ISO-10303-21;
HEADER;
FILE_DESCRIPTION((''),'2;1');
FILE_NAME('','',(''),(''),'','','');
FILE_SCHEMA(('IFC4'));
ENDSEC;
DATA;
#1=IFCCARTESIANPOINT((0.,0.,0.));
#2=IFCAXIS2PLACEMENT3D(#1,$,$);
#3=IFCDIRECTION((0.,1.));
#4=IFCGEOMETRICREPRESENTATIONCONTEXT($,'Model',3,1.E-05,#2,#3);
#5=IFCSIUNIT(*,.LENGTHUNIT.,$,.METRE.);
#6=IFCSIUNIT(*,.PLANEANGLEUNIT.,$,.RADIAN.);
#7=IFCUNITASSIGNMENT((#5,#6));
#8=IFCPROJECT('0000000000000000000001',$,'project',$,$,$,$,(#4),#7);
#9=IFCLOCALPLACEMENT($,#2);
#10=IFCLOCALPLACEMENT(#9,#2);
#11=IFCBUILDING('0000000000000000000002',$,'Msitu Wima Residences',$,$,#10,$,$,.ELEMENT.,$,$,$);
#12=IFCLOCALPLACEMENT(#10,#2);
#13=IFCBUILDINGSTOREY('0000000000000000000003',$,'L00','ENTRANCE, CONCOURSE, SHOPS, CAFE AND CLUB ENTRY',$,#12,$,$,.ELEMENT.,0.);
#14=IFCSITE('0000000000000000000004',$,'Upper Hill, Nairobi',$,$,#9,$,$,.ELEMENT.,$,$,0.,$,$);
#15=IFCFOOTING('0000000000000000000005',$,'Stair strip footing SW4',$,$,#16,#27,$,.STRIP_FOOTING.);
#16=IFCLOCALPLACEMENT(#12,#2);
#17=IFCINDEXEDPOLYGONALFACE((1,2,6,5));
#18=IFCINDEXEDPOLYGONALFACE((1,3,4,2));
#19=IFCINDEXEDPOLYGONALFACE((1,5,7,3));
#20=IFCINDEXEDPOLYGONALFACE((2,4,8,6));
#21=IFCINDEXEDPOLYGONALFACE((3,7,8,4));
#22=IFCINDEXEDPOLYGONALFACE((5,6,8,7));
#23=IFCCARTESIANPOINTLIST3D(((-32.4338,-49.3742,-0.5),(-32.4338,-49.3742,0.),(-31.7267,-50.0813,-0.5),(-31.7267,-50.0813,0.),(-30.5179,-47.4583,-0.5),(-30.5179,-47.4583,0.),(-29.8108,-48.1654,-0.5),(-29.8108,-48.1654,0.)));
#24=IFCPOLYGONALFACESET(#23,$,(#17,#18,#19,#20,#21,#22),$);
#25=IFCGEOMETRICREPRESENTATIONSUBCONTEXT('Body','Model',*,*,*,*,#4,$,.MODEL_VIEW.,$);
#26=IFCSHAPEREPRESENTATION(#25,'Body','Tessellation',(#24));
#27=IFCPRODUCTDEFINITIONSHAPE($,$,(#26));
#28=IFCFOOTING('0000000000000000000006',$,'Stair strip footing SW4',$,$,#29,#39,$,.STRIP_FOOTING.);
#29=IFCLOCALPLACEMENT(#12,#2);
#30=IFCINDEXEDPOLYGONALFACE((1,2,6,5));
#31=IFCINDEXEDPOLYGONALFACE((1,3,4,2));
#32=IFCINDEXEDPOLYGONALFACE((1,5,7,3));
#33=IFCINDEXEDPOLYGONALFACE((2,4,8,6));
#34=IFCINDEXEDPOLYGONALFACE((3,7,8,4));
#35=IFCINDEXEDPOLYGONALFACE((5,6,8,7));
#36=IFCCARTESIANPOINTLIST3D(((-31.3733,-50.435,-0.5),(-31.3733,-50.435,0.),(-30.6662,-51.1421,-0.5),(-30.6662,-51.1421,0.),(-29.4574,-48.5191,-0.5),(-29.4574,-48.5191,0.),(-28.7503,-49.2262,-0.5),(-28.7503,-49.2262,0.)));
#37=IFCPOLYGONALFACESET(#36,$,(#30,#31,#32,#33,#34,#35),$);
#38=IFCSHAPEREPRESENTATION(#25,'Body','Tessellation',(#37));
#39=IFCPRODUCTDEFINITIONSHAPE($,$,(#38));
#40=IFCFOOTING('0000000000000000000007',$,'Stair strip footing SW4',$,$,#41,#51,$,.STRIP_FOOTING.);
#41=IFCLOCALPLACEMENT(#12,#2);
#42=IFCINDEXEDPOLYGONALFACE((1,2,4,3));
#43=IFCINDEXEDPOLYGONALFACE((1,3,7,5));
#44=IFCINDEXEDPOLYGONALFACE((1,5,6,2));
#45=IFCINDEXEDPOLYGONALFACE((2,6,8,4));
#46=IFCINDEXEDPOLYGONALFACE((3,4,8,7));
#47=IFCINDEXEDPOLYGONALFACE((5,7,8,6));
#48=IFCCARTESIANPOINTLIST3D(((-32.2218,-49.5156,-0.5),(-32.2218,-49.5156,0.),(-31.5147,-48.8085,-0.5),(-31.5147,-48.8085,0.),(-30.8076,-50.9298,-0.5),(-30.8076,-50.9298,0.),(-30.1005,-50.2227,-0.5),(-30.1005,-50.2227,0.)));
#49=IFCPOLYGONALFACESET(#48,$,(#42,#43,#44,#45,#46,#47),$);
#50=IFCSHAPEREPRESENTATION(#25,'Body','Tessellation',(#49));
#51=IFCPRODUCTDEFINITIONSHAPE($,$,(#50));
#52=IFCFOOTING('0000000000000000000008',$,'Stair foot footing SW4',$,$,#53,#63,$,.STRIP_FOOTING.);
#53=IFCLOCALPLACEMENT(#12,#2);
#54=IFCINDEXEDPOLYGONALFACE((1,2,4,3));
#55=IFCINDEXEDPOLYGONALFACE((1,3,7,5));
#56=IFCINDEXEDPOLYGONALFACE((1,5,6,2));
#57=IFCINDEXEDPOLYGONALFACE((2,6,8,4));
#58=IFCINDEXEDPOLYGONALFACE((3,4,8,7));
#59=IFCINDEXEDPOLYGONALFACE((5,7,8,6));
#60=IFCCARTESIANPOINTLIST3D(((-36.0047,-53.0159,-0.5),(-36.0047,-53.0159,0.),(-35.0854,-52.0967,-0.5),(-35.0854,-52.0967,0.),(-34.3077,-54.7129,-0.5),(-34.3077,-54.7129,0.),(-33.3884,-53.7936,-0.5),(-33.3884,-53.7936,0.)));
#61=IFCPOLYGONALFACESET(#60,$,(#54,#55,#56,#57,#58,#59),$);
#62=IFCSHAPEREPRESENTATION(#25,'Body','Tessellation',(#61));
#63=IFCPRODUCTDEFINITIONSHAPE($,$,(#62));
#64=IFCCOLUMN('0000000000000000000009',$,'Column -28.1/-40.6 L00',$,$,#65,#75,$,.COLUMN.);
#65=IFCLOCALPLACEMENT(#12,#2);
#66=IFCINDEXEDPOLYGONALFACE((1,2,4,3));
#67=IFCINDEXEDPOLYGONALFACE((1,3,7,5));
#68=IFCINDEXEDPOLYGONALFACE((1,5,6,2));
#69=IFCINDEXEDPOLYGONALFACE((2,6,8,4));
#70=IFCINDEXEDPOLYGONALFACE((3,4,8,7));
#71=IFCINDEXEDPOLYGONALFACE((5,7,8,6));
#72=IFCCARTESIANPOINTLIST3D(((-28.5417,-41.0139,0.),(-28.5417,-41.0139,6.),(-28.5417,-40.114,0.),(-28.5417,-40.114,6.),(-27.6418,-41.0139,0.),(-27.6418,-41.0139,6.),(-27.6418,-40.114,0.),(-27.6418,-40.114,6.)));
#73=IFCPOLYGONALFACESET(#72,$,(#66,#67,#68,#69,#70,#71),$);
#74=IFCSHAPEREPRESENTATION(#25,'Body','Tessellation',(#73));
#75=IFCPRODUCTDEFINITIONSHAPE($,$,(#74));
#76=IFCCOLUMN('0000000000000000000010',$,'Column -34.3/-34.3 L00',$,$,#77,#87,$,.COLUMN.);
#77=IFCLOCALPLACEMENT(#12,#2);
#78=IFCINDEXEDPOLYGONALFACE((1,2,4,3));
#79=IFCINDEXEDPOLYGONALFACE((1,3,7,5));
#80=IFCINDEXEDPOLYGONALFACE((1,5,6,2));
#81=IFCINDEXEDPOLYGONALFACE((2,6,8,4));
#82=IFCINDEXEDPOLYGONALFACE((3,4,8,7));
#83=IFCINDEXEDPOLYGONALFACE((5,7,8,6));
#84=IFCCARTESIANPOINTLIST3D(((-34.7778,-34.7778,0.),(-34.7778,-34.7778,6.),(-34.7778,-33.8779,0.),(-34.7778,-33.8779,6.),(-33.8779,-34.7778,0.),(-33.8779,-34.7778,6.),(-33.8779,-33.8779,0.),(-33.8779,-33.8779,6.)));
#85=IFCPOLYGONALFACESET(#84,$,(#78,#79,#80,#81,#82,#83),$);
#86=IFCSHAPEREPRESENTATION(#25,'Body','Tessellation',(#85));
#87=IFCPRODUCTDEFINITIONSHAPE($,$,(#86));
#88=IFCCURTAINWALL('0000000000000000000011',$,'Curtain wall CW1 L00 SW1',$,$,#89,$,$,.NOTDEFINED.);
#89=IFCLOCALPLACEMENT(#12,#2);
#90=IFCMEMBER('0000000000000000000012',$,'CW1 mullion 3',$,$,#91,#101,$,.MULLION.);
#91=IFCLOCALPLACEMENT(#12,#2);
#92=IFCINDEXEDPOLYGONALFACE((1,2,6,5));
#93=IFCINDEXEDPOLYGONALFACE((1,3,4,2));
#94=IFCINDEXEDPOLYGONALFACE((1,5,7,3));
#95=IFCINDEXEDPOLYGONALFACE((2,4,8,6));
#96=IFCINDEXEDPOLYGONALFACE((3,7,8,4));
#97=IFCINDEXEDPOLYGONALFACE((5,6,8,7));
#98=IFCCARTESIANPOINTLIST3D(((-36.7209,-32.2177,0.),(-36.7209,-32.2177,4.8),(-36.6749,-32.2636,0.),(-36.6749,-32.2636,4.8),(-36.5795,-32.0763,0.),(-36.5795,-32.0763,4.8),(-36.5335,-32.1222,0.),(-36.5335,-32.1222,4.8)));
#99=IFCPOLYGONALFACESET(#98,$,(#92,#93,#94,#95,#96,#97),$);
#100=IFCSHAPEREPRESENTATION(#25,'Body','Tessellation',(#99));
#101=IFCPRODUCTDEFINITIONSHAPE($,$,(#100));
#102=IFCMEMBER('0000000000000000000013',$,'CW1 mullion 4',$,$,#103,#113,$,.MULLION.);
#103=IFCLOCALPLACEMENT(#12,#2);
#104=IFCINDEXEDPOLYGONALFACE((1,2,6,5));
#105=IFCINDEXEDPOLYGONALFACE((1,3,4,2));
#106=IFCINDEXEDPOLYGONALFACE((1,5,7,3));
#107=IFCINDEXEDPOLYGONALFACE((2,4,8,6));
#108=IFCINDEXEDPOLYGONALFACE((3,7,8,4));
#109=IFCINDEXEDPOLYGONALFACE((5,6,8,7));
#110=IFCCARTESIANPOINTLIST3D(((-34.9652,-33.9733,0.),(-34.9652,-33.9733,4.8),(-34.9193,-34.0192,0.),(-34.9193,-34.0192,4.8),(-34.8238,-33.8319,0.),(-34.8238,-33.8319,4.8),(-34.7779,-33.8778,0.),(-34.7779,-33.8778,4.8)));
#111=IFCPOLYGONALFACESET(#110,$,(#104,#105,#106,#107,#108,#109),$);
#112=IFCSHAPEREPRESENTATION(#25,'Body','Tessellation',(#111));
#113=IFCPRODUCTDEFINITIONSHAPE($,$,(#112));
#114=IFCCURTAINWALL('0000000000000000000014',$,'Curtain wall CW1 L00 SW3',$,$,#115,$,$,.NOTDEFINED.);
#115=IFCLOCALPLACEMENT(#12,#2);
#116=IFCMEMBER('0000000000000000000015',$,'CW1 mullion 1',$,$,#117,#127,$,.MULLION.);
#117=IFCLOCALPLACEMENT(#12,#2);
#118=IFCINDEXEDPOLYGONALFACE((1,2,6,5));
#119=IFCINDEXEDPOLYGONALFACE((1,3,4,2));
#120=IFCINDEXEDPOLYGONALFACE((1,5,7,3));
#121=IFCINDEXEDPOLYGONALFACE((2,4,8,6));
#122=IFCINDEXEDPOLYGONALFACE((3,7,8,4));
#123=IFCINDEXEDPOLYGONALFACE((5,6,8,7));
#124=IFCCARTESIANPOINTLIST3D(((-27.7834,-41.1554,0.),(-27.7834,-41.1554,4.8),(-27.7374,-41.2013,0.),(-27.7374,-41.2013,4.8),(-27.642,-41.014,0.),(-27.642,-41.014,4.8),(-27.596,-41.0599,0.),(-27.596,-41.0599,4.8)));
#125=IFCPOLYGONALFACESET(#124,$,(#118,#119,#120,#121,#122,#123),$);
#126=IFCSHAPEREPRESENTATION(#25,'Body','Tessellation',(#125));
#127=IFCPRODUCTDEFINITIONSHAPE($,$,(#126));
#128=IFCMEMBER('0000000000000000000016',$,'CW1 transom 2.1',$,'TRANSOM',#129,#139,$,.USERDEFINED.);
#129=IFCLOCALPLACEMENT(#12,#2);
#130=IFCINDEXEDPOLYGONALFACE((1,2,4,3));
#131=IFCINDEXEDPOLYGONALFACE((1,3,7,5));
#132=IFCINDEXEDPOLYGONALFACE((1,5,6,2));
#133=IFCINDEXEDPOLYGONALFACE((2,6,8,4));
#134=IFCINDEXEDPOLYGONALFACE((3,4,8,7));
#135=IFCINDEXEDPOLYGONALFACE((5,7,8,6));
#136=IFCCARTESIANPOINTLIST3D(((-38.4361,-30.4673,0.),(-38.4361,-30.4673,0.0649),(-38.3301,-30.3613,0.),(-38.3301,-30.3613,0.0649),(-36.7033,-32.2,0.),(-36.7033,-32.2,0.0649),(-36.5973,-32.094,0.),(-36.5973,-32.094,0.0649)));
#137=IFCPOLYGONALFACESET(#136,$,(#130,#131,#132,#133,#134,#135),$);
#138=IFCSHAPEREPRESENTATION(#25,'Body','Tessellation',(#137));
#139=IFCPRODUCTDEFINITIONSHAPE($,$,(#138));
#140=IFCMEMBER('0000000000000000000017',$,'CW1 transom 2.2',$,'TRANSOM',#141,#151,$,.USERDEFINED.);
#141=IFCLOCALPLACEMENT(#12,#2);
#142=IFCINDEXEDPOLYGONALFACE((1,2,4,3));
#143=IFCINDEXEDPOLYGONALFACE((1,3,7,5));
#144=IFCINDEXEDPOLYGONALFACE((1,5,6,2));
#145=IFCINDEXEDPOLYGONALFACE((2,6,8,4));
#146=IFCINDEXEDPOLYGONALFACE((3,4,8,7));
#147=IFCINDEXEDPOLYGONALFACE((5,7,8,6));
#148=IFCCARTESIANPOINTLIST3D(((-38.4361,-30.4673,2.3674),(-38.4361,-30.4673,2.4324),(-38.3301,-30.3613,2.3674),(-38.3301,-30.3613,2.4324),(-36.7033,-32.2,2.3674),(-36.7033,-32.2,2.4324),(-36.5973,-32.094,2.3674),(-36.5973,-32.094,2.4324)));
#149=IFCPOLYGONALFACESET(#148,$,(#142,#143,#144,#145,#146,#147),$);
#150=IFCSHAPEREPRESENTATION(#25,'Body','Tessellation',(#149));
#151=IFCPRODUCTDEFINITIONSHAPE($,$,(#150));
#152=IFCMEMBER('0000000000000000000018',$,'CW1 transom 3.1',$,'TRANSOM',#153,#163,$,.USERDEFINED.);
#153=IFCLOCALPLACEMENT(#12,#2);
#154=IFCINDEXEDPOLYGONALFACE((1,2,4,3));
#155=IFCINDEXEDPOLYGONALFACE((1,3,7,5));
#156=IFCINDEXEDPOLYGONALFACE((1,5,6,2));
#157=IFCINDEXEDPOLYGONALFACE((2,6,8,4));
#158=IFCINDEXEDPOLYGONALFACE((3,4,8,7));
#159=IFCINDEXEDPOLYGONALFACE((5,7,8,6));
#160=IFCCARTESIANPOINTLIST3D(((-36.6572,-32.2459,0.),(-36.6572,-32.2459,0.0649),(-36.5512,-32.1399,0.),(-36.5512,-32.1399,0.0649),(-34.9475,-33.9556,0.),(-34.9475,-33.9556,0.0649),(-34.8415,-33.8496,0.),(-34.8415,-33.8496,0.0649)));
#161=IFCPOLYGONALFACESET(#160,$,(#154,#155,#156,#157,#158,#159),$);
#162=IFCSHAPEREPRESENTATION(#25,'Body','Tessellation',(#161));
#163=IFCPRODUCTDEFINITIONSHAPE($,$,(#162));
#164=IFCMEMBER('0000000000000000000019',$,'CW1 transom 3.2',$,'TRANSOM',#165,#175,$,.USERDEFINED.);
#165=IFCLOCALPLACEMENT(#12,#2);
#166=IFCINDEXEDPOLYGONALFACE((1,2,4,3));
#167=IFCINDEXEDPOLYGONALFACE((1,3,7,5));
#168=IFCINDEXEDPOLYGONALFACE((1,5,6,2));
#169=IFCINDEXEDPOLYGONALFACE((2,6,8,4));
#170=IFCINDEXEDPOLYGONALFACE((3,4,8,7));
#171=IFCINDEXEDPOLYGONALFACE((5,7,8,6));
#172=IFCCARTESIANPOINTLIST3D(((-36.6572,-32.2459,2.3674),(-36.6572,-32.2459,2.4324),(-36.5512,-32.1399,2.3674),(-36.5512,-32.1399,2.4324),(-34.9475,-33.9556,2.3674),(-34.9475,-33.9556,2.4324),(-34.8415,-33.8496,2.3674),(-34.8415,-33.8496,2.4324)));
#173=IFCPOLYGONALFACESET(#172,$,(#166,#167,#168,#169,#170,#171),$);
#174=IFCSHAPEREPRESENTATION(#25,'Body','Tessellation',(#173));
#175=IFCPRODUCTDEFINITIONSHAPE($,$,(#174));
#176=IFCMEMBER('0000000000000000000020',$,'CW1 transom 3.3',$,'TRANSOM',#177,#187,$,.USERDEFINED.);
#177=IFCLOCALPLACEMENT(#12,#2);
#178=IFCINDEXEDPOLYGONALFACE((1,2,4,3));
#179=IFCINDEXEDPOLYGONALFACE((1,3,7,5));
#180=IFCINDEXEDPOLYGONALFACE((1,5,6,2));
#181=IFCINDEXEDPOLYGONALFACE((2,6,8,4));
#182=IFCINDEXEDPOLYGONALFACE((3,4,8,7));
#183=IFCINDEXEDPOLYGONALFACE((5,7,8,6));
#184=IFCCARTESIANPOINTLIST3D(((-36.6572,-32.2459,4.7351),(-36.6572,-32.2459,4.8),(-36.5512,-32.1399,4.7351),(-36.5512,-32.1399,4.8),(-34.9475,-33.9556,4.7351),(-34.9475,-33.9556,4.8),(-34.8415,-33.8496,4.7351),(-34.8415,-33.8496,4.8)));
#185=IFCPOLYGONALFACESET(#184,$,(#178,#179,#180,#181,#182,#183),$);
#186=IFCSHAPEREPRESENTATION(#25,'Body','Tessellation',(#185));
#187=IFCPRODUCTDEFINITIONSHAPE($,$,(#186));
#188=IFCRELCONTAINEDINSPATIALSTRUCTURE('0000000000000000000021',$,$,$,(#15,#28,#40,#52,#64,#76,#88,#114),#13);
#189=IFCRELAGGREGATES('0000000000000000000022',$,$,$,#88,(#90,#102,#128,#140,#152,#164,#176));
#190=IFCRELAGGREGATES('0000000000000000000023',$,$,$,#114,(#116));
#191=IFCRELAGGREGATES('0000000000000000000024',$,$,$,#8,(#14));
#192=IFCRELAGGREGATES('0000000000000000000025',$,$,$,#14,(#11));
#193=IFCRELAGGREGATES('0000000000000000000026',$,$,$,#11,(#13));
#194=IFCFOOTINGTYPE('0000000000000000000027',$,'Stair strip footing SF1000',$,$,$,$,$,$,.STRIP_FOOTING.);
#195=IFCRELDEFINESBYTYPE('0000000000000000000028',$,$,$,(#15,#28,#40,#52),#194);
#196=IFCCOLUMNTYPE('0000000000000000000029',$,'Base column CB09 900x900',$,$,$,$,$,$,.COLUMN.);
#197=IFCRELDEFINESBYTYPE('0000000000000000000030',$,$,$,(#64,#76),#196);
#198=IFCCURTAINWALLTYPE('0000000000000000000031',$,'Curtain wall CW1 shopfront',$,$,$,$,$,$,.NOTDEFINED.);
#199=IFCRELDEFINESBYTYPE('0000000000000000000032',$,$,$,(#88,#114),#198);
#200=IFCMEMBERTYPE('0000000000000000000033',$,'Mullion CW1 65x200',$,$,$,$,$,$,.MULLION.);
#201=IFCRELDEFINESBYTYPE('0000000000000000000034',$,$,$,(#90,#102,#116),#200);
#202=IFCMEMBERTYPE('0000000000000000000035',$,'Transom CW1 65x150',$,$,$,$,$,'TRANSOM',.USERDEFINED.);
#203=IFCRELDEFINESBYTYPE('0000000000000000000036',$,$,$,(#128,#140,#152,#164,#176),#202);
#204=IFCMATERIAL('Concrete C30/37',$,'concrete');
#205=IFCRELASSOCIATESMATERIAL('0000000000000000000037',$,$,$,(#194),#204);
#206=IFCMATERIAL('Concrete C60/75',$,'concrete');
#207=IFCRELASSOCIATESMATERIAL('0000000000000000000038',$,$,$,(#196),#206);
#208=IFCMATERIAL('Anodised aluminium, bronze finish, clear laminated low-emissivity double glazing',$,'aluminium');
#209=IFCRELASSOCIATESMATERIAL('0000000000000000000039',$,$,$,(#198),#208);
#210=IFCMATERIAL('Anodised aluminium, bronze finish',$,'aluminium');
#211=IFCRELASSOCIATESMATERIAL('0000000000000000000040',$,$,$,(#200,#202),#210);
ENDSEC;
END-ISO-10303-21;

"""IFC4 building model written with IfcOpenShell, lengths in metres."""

from ifc_helpers import new_model, si_unit, direction, frame, origin, origin_2d, place, context, subcontext, project, spatial, rectangle, extrude, material, material_profile, profile_set, type_object, element, aggregate, save


model = new_model("IFC4")

# Units and contexts
model_context = context("Model", 3, precision=1e-05, world=origin(), true_north=direction((0.0, 1.0)))
body_context = subcontext(model_context, "Body", "Model", "MODEL_VIEW")
ifc_project = project(units=[si_unit("LENGTHUNIT", "METRE"), si_unit("PLANEANGLEUNIT", "RADIAN")], contexts=[model_context])

# Site, building, storey
site_placement = place(None, origin())
site = spatial("IfcSite", under=ifc_project, at=site_placement, Name="Upper Hill, Nairobi", CompositionType="ELEMENT", RefElevation=0.0)
building_placement = place(site_placement, origin())
building = spatial("IfcBuilding", under=site, at=building_placement, Name="Msitu Wima Residences", CompositionType="ELEMENT")
storey_placement = place(building_placement, origin())
storey = spatial("IfcBuildingStorey", under=building, at=storey_placement, Name="L00", Description="ENTRANCE, CONCOURSE, SHOPS, CAFE AND CLUB ENTRY", CompositionType="ELEMENT", Elevation=0.0)

# Footings
ifc_material_1 = material(Name="Concrete C30/37", Category="concrete")
footing_type = type_object("IfcFootingType", Name="Stair strip footing SF1000", PredefinedType="STRIP_FOOTING", material=ifc_material_1)
for number, where, z_axis, x_axis, name in (
    (1, (-31.1223, -48.7698, -0.5), (0.0, 0.0, 1.0), (-0.707107, -0.707107, 0.0), "Stair strip footing SW4"),
    (2, (-30.0618, -49.8306, -0.5), (0.0, 0.0, 1.0), (-0.707107, -0.707107, 0.0), "Stair strip footing SW4"),
):
    element("IfcFooting", number, at=place(storey_placement, frame(where, z_axis=z_axis, x_axis=x_axis)), inside=storey, type_object=footing_type, Name=name, PredefinedType="STRIP_FOOTING", context=body_context, shape_type="SweptSolid", body=[
        extrude(rectangle(XDim=2.7095, YDim=1.0, at=origin_2d()), origin(), (0.0, 0.0, 1.0), 0.5),
    ])
footing_1_placement = place(storey_placement, frame((-31.1611, -49.8691, -0.5), z_axis=(0.0, 0.0, 1.0), x_axis=(0.707107, -0.707107, 0.0)))
element("IfcFooting", 3, at=footing_1_placement, inside=storey, type_object=footing_type, Name="Stair strip footing SW4", PredefinedType="STRIP_FOOTING", context=body_context, shape_type="SweptSolid", body=[
    extrude(rectangle(XDim=2.0, YDim=1.0, at=origin_2d()), origin(), (0.0, 0.0, 1.0), 0.5),
])
footing_2_placement = place(storey_placement, frame((-34.6965, -53.4048, -0.5), z_axis=(0.0, 0.0, 1.0), x_axis=(0.707107, 0.707107, 0.0)))
element("IfcFooting", 4, at=footing_2_placement, inside=storey, type_object=footing_type, Name="Stair foot footing SW4", PredefinedType="STRIP_FOOTING", context=body_context, shape_type="SweptSolid", body=[
    extrude(rectangle(XDim=1.3, YDim=2.3999, at=origin_2d()), origin(), (0.0, 0.0, 1.0), 0.5),
])

# Columns
ifc_material_2 = material(Name="Concrete C60/75", Category="concrete")
ifc_material_profile_1 = material_profile(ifc_material_2, rectangle(XDim=0.8999, YDim=0.8999, at=origin_2d()), Name="RC 900x900")
ifc_profile_set_1 = profile_set([ifc_material_profile_1], Name="Concrete C60/75")
column_type = type_object("IfcColumnType", Name="Base column CB09 900x900", PredefinedType="COLUMN", material=ifc_profile_set_1)
for number, where, z_axis, x_axis, name in (
    (5, (-28.0918, -40.564, 0.0), (0.0, 0.0, 1.0), (1.0, 0.0, 0.0), "Column -28.1/-40.6 L00"),
    (6, (-34.3279, -34.3279, 0.0), (0.0, 0.0, 1.0), (1.0, 0.0, 0.0), "Column -34.3/-34.3 L00"),
):
    element("IfcColumn", number, at=place(storey_placement, frame(where, z_axis=z_axis, x_axis=x_axis)), inside=storey, type_object=column_type, Name=name, PredefinedType="COLUMN", context=body_context, shape_type="SweptSolid", body=[
        extrude(rectangle(XDim=0.8999, YDim=0.8999, at=origin_2d()), origin(), (0.0, 0.0, 1.0), 6.0),
    ])

# Curtain wall, members
ifc_material_3 = material(Name="Anodised aluminium, bronze finish, clear laminated low-emissivity double glazing", Category="aluminium")
curtain_wall_type = type_object("IfcCurtainWallType", Name="Curtain wall CW1 shopfront", PredefinedType="NOTDEFINED", material=ifc_material_3)
curtain_wall_1_placement = place(storey_placement, origin())
curtain_wall_1 = element("IfcCurtainWall", 7, at=curtain_wall_1_placement, inside=storey, type_object=curtain_wall_type, Name="Curtain wall CW1 L00 SW1", PredefinedType="NOTDEFINED")
ifc_material_4 = material(Name="Anodised aluminium, bronze finish", Category="aluminium")
ifc_material_profile_2 = material_profile(ifc_material_4, rectangle(XDim=0.2, YDim=0.0649, at=origin_2d()), Name="Mullion 65x200")
ifc_profile_set_2 = profile_set([ifc_material_profile_2], Name="Anodised aluminium, bronze finish")
member_type_1 = type_object("IfcMemberType", Name="Mullion CW1 65x200", PredefinedType="MULLION", material=ifc_profile_set_2)
member_1_placement = place(storey_placement, frame((-36.6272, -32.1699, 0.0), z_axis=(0.0, 0.0, 1.0), x_axis=(0.707107, 0.707107, 0.0)))
member_1 = element("IfcMember", 8, at=member_1_placement, type_object=member_type_1, Name="CW1 mullion 3", PredefinedType="MULLION", context=body_context, shape_type="SweptSolid", body=[
    extrude(rectangle(XDim=0.2, YDim=0.0649, at=origin_2d()), origin(), (0.0, 0.0, 1.0), 4.8),
])
member_2_placement = place(storey_placement, frame((-34.8716, -33.9255, 0.0), z_axis=(0.0, 0.0, 1.0), x_axis=(0.707107, 0.707107, 0.0)))
member_2 = element("IfcMember", 9, at=member_2_placement, type_object=member_type_1, Name="CW1 mullion 4", PredefinedType="MULLION", context=body_context, shape_type="SweptSolid", body=[
    extrude(rectangle(XDim=0.2, YDim=0.0649, at=origin_2d()), origin(), (0.0, 0.0, 1.0), 4.8),
])

# Curtain wall, member
curtain_wall_2_placement = place(storey_placement, origin())
curtain_wall_2 = element("IfcCurtainWall", 10, at=curtain_wall_2_placement, inside=storey, type_object=curtain_wall_type, Name="Curtain wall CW1 L00 SW3", PredefinedType="NOTDEFINED")
member_3_placement = place(storey_placement, frame((-27.6897, -41.1077, 0.0), z_axis=(0.0, 0.0, 1.0), x_axis=(0.707107, 0.707107, 0.0)))
member_3 = element("IfcMember", 11, at=member_3_placement, type_object=member_type_1, Name="CW1 mullion 1", PredefinedType="MULLION", context=body_context, shape_type="SweptSolid", body=[
    extrude(rectangle(XDim=0.2, YDim=0.0649, at=origin_2d()), origin(), (0.0, 0.0, 1.0), 4.8),
])

# Members
ifc_material_profile_3 = material_profile(ifc_material_4, rectangle(XDim=0.1499, YDim=0.0649, at=origin_2d()), Name="Transom 65x150")
ifc_profile_set_3 = profile_set([ifc_material_profile_3], Name="Anodised aluminium, bronze finish")
member_type_2 = type_object("IfcMemberType", Name="Transom CW1 65x150", ElementType="TRANSOM", PredefinedType="USERDEFINED", material=ifc_profile_set_3)
member_4_placement = place(storey_placement, frame((-38.3831, -30.4143, 0.0325), z_axis=(0.707107, -0.707107, 0.0), x_axis=(0.707107, 0.707107, 0.0)))
member_4 = element("IfcMember", 12, at=member_4_placement, type_object=member_type_2, Name="CW1 transom 2.1", ObjectType="TRANSOM", PredefinedType="USERDEFINED", context=body_context, shape_type="SweptSolid", body=[
    extrude(rectangle(XDim=0.1499, YDim=0.0649, at=origin_2d()), origin(), (0.0, 0.0, 1.0), 2.4504),
])
member_5_placement = place(storey_placement, frame((-38.3831, -30.4143, 2.3999), z_axis=(0.707107, -0.707107, 0.0), x_axis=(0.707107, 0.707107, 0.0)))
member_5 = element("IfcMember", 13, at=member_5_placement, type_object=member_type_2, Name="CW1 transom 2.2", ObjectType="TRANSOM", PredefinedType="USERDEFINED", context=body_context, shape_type="SweptSolid", body=[
    extrude(rectangle(XDim=0.1499, YDim=0.0649, at=origin_2d()), origin(), (0.0, 0.0, 1.0), 2.4504),
])
member_6_placement = place(storey_placement, frame((-36.6042, -32.1929, 0.0325), z_axis=(0.707107, -0.707107, 0.0), x_axis=(0.707107, 0.707107, 0.0)))
member_6 = element("IfcMember", 14, at=member_6_placement, type_object=member_type_2, Name="CW1 transom 3.1", ObjectType="TRANSOM", PredefinedType="USERDEFINED", context=body_context, shape_type="SweptSolid", body=[
    extrude(rectangle(XDim=0.1499, YDim=0.0649, at=origin_2d()), origin(), (0.0, 0.0, 1.0), 2.418),
])
member_7_placement = place(storey_placement, frame((-36.6042, -32.1929, 2.3999), z_axis=(0.707107, -0.707107, 0.0), x_axis=(0.707107, 0.707107, 0.0)))
member_7 = element("IfcMember", 15, at=member_7_placement, type_object=member_type_2, Name="CW1 transom 3.2", ObjectType="TRANSOM", PredefinedType="USERDEFINED", context=body_context, shape_type="SweptSolid", body=[
    extrude(rectangle(XDim=0.1499, YDim=0.0649, at=origin_2d()), origin(), (0.0, 0.0, 1.0), 2.418),
])
member_8_placement = place(storey_placement, frame((-36.6042, -32.1929, 4.7676), z_axis=(0.707107, -0.707107, 0.0), x_axis=(0.707107, 0.707107, 0.0)))
member_8 = element("IfcMember", 16, at=member_8_placement, type_object=member_type_2, Name="CW1 transom 3.3", ObjectType="TRANSOM", PredefinedType="USERDEFINED", context=body_context, shape_type="SweptSolid", body=[
    extrude(rectangle(XDim=0.1499, YDim=0.0649, at=origin_2d()), origin(), (0.0, 0.0, 1.0), 2.418),
])

aggregate(curtain_wall_1, [member_1, member_2, member_4, member_5, member_6, member_7, member_8])
aggregate(curtain_wall_2, [member_3])

save(model, "model.ifc")
